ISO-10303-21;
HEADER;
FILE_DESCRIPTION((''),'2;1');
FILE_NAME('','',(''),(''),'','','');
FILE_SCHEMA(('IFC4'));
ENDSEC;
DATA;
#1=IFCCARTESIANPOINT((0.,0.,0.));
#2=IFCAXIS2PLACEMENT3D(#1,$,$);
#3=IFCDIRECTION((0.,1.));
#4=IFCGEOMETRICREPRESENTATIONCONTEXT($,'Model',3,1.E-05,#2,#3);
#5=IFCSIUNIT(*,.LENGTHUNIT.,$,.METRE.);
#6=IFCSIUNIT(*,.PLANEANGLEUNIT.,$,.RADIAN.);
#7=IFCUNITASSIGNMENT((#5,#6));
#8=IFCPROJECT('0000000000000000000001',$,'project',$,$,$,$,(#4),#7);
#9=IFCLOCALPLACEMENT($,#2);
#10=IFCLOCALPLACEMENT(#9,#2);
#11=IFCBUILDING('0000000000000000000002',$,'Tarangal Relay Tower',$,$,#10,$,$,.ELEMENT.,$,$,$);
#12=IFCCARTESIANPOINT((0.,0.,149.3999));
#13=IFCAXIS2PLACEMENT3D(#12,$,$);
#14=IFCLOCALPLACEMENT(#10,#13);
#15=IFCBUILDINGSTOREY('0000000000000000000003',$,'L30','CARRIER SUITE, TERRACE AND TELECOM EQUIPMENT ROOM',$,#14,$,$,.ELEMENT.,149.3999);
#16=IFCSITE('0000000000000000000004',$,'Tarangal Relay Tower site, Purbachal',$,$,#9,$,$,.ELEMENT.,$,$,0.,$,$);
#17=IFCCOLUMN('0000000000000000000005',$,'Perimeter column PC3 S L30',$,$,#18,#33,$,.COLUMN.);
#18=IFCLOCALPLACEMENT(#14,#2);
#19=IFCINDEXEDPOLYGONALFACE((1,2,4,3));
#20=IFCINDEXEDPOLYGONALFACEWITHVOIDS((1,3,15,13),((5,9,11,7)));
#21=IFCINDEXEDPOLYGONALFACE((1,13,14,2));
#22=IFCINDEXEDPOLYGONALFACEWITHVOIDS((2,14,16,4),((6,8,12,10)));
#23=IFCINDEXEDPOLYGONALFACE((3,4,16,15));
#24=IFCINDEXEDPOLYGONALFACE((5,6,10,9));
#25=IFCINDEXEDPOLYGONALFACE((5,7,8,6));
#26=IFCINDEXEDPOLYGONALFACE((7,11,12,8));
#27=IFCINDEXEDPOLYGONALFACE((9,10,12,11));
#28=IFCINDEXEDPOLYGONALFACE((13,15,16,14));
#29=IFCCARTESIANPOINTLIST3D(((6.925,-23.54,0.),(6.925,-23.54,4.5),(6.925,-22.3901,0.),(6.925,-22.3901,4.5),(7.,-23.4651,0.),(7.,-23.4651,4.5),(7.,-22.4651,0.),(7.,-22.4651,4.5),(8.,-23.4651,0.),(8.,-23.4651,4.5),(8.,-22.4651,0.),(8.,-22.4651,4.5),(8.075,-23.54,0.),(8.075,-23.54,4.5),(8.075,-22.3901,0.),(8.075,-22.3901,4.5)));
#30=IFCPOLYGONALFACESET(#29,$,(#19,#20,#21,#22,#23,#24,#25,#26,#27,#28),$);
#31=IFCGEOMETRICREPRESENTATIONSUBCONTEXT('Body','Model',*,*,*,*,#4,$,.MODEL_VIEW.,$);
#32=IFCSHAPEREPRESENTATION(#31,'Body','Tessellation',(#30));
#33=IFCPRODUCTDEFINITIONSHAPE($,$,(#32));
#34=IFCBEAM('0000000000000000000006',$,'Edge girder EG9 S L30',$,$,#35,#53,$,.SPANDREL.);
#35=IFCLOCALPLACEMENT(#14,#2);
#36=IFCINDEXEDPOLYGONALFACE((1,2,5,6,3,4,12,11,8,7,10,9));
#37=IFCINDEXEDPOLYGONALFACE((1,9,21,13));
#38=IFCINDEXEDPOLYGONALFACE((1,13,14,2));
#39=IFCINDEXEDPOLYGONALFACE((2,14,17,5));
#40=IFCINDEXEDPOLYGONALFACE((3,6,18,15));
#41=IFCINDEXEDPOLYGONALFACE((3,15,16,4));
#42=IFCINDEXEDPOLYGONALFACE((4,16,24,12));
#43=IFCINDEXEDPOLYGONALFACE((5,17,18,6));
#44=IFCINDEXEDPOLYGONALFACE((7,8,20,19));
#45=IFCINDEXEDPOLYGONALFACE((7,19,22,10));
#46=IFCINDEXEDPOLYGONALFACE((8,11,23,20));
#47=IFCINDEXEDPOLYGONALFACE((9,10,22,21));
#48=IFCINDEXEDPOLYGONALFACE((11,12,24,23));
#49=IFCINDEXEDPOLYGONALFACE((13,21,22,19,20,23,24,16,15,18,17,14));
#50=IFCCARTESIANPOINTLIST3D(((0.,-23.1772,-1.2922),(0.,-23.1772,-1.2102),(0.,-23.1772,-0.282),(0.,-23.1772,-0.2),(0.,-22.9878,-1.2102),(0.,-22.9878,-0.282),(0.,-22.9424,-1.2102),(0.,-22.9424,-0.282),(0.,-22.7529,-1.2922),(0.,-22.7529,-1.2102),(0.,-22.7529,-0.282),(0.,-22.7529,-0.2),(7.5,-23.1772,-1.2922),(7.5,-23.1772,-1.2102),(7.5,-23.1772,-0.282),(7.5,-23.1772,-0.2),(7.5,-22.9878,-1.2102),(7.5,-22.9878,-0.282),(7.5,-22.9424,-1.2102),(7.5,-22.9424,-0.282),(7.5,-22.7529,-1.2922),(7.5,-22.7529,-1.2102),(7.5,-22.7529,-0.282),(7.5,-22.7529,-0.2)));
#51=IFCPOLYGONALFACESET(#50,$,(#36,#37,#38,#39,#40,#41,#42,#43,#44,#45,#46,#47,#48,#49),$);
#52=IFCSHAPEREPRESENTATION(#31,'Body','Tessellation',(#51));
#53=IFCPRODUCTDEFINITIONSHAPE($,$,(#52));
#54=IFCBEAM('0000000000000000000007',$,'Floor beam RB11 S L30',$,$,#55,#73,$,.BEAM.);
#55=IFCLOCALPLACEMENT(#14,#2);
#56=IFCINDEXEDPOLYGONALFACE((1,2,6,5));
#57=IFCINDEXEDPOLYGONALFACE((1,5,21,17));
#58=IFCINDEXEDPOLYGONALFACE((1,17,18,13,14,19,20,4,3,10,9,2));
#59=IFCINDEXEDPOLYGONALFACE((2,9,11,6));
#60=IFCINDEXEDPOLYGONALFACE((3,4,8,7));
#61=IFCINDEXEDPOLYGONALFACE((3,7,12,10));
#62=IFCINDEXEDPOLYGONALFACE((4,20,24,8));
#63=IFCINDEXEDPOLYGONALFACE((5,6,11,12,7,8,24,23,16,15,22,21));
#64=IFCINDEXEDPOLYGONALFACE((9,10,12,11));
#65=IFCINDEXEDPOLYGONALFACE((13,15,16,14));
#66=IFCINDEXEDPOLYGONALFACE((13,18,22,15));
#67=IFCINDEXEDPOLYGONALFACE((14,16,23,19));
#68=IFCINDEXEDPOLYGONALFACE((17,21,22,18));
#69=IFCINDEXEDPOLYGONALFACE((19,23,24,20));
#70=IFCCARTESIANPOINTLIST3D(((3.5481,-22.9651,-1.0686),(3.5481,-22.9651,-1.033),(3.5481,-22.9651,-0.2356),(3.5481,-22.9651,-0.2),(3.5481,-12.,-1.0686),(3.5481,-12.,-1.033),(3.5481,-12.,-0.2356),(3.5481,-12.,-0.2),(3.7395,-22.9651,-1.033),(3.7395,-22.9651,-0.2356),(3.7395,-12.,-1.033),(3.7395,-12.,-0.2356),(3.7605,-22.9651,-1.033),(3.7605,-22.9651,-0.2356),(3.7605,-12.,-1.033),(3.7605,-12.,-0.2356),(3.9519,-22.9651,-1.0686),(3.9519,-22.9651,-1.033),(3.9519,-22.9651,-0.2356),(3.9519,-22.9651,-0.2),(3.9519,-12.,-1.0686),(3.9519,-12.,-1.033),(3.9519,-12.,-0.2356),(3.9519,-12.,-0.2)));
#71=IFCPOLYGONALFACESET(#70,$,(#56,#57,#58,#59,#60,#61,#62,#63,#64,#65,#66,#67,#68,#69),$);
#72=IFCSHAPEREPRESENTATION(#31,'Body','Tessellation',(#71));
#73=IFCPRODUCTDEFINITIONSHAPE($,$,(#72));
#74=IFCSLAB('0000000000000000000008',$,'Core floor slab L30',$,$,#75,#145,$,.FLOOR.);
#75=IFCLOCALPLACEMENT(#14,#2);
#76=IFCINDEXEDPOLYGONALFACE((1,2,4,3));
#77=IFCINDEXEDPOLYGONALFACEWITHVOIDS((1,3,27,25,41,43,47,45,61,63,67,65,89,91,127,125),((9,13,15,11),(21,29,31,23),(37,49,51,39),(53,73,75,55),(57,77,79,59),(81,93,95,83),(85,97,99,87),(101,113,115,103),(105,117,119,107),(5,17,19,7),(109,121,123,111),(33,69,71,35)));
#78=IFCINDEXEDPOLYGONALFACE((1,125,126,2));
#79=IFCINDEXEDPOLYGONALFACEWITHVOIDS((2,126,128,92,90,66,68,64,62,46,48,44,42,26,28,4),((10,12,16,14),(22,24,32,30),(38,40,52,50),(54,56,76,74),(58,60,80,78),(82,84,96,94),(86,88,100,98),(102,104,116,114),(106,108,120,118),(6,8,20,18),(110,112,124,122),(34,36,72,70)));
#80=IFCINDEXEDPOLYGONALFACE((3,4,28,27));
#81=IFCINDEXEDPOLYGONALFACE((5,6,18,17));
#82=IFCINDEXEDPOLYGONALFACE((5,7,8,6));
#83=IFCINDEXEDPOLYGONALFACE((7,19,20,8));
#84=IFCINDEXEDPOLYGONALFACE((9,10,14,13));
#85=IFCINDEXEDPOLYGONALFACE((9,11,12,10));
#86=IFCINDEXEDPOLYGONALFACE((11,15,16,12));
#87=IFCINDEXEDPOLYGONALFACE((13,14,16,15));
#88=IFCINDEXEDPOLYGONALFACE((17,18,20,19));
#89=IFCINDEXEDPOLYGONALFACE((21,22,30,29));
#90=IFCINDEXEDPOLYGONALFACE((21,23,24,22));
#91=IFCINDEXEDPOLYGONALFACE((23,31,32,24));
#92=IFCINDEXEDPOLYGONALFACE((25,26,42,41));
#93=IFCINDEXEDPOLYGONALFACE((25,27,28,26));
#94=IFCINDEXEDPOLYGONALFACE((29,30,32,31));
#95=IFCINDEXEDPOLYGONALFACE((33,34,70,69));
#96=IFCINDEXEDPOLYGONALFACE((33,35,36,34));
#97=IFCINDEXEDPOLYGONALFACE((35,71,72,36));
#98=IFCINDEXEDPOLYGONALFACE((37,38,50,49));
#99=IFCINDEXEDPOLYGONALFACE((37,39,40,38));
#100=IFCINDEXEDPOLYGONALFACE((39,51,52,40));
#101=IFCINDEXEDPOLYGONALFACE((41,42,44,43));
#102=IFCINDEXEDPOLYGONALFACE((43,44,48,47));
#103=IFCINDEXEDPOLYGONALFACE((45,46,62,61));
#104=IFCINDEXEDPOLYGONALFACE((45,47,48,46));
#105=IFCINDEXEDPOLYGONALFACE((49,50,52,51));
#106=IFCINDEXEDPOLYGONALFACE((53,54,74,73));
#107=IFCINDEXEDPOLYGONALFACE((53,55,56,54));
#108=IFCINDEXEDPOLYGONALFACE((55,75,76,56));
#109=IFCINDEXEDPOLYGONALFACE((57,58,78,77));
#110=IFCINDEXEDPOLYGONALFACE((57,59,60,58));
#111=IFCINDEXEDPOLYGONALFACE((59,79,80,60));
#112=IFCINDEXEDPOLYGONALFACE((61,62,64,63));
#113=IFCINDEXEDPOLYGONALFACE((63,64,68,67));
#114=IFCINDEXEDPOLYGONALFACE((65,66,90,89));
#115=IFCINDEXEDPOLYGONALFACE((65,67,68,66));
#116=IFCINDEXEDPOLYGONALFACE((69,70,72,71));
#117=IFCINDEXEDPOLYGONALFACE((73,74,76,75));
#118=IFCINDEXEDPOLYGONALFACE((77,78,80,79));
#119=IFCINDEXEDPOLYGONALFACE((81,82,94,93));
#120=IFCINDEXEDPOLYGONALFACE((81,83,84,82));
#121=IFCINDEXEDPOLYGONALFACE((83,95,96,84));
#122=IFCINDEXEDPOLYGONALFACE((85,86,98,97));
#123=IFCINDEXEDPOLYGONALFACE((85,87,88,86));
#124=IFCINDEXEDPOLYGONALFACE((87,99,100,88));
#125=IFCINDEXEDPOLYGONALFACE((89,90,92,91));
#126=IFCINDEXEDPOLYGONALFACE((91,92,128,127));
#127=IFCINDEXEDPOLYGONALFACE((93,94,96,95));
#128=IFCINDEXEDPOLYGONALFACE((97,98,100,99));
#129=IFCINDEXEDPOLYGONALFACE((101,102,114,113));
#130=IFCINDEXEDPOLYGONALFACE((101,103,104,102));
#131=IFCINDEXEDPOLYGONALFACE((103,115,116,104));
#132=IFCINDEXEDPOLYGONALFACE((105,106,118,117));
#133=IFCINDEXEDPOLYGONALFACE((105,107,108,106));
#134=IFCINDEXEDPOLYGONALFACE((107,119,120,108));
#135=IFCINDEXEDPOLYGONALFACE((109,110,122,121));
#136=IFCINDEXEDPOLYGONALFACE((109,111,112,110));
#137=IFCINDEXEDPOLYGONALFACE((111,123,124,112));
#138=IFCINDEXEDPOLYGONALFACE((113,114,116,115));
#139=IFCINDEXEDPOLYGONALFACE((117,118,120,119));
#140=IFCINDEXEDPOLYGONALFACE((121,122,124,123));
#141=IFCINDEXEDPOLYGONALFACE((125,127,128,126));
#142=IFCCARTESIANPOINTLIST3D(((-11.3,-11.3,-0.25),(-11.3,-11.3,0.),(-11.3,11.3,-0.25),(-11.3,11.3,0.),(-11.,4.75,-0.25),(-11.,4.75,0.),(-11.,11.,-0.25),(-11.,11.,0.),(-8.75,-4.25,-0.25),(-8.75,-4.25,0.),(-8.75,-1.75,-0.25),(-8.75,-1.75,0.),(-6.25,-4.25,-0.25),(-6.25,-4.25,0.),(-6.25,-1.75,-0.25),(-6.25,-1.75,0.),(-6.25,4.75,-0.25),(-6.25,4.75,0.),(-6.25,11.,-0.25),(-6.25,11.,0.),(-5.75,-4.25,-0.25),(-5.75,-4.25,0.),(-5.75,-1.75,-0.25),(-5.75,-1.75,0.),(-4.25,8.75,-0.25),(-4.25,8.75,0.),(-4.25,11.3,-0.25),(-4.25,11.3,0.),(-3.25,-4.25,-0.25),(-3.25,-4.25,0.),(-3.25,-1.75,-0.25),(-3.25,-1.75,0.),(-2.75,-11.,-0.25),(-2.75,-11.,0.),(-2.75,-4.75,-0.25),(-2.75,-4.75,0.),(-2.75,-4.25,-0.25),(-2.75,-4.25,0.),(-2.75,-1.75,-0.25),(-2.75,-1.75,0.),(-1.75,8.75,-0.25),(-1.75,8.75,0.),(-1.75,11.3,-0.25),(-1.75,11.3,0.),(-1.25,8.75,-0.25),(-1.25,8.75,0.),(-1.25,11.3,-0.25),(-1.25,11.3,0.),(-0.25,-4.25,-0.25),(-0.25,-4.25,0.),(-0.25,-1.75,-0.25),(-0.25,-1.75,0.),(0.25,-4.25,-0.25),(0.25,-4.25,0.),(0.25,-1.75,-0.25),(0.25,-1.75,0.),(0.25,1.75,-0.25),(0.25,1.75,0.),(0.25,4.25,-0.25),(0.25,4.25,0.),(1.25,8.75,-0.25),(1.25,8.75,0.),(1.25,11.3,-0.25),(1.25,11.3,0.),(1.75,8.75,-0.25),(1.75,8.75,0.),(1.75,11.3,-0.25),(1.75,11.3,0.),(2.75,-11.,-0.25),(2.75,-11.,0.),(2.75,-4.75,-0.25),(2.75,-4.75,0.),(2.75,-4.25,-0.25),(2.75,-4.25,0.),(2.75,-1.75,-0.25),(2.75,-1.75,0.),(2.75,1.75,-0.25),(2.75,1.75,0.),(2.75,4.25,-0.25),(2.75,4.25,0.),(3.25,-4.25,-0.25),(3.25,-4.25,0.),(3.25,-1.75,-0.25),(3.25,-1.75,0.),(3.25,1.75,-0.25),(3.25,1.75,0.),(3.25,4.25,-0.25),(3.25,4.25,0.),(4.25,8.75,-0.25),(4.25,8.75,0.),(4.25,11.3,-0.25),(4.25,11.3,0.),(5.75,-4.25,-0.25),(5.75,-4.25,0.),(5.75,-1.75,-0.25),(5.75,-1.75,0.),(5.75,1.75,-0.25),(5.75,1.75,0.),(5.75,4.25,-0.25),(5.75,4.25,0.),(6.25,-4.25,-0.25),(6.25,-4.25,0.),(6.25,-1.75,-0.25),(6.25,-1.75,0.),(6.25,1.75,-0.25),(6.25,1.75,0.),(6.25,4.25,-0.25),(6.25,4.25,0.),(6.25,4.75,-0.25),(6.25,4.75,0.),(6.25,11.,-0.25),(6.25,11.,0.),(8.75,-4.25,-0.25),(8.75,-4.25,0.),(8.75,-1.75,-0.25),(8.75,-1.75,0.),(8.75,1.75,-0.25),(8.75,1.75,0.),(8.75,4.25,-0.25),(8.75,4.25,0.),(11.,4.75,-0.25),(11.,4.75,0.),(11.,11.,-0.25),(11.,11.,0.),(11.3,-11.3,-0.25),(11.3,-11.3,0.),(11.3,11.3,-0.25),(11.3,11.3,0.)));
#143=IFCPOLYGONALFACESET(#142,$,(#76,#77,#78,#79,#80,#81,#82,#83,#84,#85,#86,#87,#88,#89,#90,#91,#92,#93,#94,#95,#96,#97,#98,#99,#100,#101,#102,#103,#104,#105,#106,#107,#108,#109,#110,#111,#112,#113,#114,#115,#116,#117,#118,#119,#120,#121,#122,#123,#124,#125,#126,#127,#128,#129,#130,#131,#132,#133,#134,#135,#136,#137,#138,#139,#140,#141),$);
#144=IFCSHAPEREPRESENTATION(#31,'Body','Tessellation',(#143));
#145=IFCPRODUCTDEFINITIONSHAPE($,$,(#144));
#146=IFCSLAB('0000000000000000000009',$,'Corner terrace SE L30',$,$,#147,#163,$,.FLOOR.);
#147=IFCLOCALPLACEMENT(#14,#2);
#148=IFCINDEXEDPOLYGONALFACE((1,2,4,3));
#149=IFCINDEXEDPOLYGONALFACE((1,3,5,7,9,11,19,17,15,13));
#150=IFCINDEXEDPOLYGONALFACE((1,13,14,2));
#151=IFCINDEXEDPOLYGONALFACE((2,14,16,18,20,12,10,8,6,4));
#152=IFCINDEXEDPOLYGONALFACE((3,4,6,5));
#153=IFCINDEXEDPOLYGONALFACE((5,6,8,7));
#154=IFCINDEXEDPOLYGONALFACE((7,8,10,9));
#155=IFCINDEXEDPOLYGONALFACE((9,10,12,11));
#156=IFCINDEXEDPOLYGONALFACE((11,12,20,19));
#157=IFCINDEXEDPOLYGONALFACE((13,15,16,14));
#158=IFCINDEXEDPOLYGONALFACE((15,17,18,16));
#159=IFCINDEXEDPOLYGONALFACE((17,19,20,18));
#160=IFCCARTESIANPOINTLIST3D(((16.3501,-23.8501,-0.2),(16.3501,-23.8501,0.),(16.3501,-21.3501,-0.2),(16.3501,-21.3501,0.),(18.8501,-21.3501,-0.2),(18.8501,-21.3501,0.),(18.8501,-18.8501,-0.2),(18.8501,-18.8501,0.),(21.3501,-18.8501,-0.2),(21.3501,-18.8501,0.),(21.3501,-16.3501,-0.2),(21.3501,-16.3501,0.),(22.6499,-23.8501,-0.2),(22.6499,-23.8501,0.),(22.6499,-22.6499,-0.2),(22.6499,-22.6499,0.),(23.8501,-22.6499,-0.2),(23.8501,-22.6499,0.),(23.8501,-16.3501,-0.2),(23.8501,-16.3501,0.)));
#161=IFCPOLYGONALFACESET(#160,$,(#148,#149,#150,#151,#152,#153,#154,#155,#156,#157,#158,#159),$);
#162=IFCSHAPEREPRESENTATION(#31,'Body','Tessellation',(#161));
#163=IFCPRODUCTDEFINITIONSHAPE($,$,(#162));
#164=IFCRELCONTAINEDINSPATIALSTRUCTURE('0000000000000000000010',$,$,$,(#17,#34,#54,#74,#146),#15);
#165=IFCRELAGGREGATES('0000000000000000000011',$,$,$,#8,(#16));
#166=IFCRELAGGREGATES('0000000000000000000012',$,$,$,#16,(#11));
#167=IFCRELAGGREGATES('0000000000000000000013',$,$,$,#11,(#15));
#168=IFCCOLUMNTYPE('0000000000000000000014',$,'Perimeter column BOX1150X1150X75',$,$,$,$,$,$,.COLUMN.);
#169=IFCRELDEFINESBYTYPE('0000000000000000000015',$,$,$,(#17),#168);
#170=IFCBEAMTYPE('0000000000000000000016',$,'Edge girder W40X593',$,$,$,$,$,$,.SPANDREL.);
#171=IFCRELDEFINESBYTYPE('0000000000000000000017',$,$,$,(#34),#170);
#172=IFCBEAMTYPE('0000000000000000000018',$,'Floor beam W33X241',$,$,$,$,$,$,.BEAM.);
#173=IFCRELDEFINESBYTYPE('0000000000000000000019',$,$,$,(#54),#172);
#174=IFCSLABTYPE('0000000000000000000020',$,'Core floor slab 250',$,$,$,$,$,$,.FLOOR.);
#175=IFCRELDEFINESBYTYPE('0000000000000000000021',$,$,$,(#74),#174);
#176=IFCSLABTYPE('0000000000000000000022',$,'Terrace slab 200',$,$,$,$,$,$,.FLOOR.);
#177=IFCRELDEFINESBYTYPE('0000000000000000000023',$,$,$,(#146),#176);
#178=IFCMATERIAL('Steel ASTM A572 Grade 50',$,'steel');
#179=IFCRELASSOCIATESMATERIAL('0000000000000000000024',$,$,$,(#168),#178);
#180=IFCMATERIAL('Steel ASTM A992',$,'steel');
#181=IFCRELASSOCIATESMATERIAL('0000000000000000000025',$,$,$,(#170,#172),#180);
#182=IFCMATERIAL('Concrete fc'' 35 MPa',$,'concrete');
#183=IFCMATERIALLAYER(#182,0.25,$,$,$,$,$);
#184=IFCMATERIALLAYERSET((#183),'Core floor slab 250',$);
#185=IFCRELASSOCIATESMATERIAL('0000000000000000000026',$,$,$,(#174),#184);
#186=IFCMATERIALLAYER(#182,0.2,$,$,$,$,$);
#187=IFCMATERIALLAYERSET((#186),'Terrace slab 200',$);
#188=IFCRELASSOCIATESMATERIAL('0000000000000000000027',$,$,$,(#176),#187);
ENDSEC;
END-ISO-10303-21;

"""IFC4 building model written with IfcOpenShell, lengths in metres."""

from ifc_helpers import new_model, si_unit, direction, frame, origin, origin_2d, place, context, subcontext, project, spatial, polyline, hollow_rectangle, i_section, outline, extrude, material, layer, layer_set, material_profile, profile_set, type_object, element, save


model = new_model("IFC4")

# Units and contexts
model_context = context("Model", 3, precision=1e-05, world=origin(), true_north=direction((0.0, 1.0)))
body_context = subcontext(model_context, "Body", "Model", "MODEL_VIEW")
ifc_project = project(units=[si_unit("LENGTHUNIT", "METRE"), si_unit("PLANEANGLEUNIT", "RADIAN")], contexts=[model_context])

# Site, building, storey
site_placement = place(None, origin())
site = spatial("IfcSite", under=ifc_project, at=site_placement, Name="Tarangal Relay Tower site, Purbachal", CompositionType="ELEMENT", RefElevation=0.0)
building_placement = place(site_placement, origin())
building = spatial("IfcBuilding", under=site, at=building_placement, Name="Tarangal Relay Tower", CompositionType="ELEMENT")
storey_placement = place(building_placement, frame((0.0, 0.0, 149.3999)))
storey = spatial("IfcBuildingStorey", under=building, at=storey_placement, Name="L30", Description="CARRIER SUITE, TERRACE AND TELECOM EQUIPMENT ROOM", CompositionType="ELEMENT", Elevation=149.3999)

# Column
ifc_material_1 = material(Name="Steel ASTM A572 Grade 50", Category="steel")
ifc_material_profile_1 = material_profile(ifc_material_1, hollow_rectangle(XDim=1.1499, YDim=1.1499, WallThickness=0.075, at=origin_2d()), Name="BOX1150X1150X75")
ifc_profile_set_1 = profile_set([ifc_material_profile_1], Name="Steel ASTM A572 Grade 50")
column_type = type_object("IfcColumnType", Name="Perimeter column BOX1150X1150X75", PredefinedType="COLUMN", material=ifc_profile_set_1)
column_placement = place(storey_placement, frame((7.5, -22.9651, 0.0), z_axis=(0.0, 0.0, 1.0), x_axis=(1.0, 0.0, 0.0)))
element("IfcColumn", 1, at=column_placement, inside=storey, type_object=column_type, Name="Perimeter column PC3 S L30", PredefinedType="COLUMN", context=body_context, shape_type="SweptSolid", body=[
    extrude(hollow_rectangle(XDim=1.1499, YDim=1.1499, WallThickness=0.075, at=origin_2d()), origin(), (0.0, 0.0, 1.0), 4.5),
])

# Beams
ifc_material_2 = material(Name="Steel ASTM A992", Category="steel")
ifc_material_profile_2 = material_profile(ifc_material_2, i_section(OverallWidth=0.4243, OverallDepth=1.0923, WebThickness=0.0454, FlangeThickness=0.082, at=origin_2d()), Name="W40X593")
ifc_profile_set_2 = profile_set([ifc_material_profile_2], Name="Steel ASTM A992")
beam_type_1 = type_object("IfcBeamType", Name="Edge girder W40X593", PredefinedType="SPANDREL", material=ifc_profile_set_2)
beam_1_placement = place(storey_placement, frame((7.5, -22.9651, -0.7461), z_axis=(-1.0, 0.0, 0.0), x_axis=(0.0, -1.0, 0.0)))
element("IfcBeam", 2, at=beam_1_placement, inside=storey, type_object=beam_type_1, Name="Edge girder EG9 S L30", PredefinedType="SPANDREL", context=body_context, shape_type="SweptSolid", body=[
    extrude(i_section(OverallWidth=0.4243, OverallDepth=1.0923, WebThickness=0.0454, FlangeThickness=0.082, at=origin_2d()), origin(), (0.0, 0.0, 1.0), 7.5),
])
ifc_material_profile_3 = material_profile(ifc_material_2, i_section(OverallWidth=0.4038, OverallDepth=0.8687, WebThickness=0.021, FlangeThickness=0.0356, at=origin_2d()), Name="W33X241")
ifc_profile_set_3 = profile_set([ifc_material_profile_3], Name="Steel ASTM A992")
beam_type_2 = type_object("IfcBeamType", Name="Floor beam W33X241", PredefinedType="BEAM", material=ifc_profile_set_3)
beam_2_placement = place(storey_placement, frame((3.75, -12.0, -0.6343), z_axis=(0.0, -1.0, 0.0), x_axis=(1.0, 0.0, 0.0)))
element("IfcBeam", 3, at=beam_2_placement, inside=storey, type_object=beam_type_2, Name="Floor beam RB11 S L30", PredefinedType="BEAM", context=body_context, shape_type="SweptSolid", body=[
    extrude(i_section(OverallWidth=0.4038, OverallDepth=0.8687, WebThickness=0.021, FlangeThickness=0.0356, at=origin_2d()), origin(), (0.0, 0.0, 1.0), 10.9651),
])

# Slabs
ifc_material_3 = material(Name="Concrete fc' 35 MPa", Category="concrete")
ifc_layer_1 = layer(ifc_material_3, 0.25)
ifc_layer_set_1 = layer_set([ifc_layer_1], Name="Core floor slab 250")
slab_type_1 = type_object("IfcSlabType", Name="Core floor slab 250", PredefinedType="FLOOR", material=ifc_layer_set_1)
slab_1_placement = place(storey_placement, frame((0.0, 0.0, -0.25)))
element("IfcSlab", 4, at=slab_1_placement, inside=storey, type_object=slab_type_1, Name="Core floor slab L30", PredefinedType="FLOOR", context=body_context, shape_type="SweptSolid", body=[
    extrude(outline(polyline([(11.3, 11.3), (11.3, -11.3), (-11.3, -11.3), (-11.3, 11.3), (-4.25, 11.3), (-4.25, 8.75), (-1.75, 8.75), (-1.75, 11.3), (-1.25, 11.3), (-1.25, 8.75), (1.25, 8.75), (1.25, 11.3), (1.75, 11.3), (1.75, 8.75), (4.25, 8.75), (4.25, 11.3), (11.3, 11.3)]), holes=[polyline([(2.75, -4.75), (-2.75, -4.75), (-2.75, -11.0), (2.75, -11.0), (2.75, -4.75)]), polyline([(-6.25, -4.25), (-6.25, -1.75), (-8.75, -1.75), (-8.75, -4.25), (-6.25, -4.25)]), polyline([(-3.25, -4.25), (-3.25, -1.75), (-5.75, -1.75), (-5.75, -4.25), (-3.25, -4.25)]), polyline([(-0.25, -4.25), (-0.25, -1.75), (-2.75, -1.75), (-2.75, -4.25), (-0.25, -4.25)]), polyline([(2.75, 1.75), (2.75, 4.25), (0.25, 4.25), (0.25, 1.75), (2.75, 1.75)]), polyline([(-6.25, 4.75), (-6.25, 11.0), (-11.0, 11.0), (-11.0, 4.75), (-6.25, 4.75)]), polyline([(2.75, -4.25), (2.75, -1.75), (0.25, -1.75), (0.25, -4.25), (2.75, -4.25)]), polyline([(5.75, -4.25), (5.75, -1.75), (3.25, -1.75), (3.25, -4.25), (5.75, -4.25)]), polyline([(8.75, -4.25), (8.75, -1.75), (6.25, -1.75), (6.25, -4.25), (8.75, -4.25)]), polyline([(5.75, 1.75), (5.75, 4.25), (3.25, 4.25), (3.25, 1.75), (5.75, 1.75)]), polyline([(8.75, 1.75), (8.75, 4.25), (6.25, 4.25), (6.25, 1.75), (8.75, 1.75)]), polyline([(11.0, 4.75), (11.0, 11.0), (6.25, 11.0), (6.25, 4.75), (11.0, 4.75)])]), origin(), (0.0, 0.0, 1.0), 0.25),
])
ifc_layer_2 = layer(ifc_material_3, 0.2)
ifc_layer_set_2 = layer_set([ifc_layer_2], Name="Terrace slab 200")
slab_type_2 = type_object("IfcSlabType", Name="Terrace slab 200", PredefinedType="FLOOR", material=ifc_layer_set_2)
slab_2_placement = place(storey_placement, frame((0.0, 0.0, -0.2)))
element("IfcSlab", 5, at=slab_2_placement, inside=storey, type_object=slab_type_2, Name="Corner terrace SE L30", PredefinedType="FLOOR", context=body_context, shape_type="SweptSolid", body=[
    extrude(outline(polyline([(23.8501, -16.3501), (21.3501, -16.3501), (21.3501, -18.8501), (18.8501, -18.8501), (18.8501, -21.3501), (16.3501, -21.3501), (16.3501, -23.8501), (22.6499, -23.8501), (22.6499, -22.6499), (23.8501, -22.6499), (23.8501, -16.3501)])), origin(), (0.0, 0.0, 1.0), 0.2),
])

save(model, "model.ifc")
